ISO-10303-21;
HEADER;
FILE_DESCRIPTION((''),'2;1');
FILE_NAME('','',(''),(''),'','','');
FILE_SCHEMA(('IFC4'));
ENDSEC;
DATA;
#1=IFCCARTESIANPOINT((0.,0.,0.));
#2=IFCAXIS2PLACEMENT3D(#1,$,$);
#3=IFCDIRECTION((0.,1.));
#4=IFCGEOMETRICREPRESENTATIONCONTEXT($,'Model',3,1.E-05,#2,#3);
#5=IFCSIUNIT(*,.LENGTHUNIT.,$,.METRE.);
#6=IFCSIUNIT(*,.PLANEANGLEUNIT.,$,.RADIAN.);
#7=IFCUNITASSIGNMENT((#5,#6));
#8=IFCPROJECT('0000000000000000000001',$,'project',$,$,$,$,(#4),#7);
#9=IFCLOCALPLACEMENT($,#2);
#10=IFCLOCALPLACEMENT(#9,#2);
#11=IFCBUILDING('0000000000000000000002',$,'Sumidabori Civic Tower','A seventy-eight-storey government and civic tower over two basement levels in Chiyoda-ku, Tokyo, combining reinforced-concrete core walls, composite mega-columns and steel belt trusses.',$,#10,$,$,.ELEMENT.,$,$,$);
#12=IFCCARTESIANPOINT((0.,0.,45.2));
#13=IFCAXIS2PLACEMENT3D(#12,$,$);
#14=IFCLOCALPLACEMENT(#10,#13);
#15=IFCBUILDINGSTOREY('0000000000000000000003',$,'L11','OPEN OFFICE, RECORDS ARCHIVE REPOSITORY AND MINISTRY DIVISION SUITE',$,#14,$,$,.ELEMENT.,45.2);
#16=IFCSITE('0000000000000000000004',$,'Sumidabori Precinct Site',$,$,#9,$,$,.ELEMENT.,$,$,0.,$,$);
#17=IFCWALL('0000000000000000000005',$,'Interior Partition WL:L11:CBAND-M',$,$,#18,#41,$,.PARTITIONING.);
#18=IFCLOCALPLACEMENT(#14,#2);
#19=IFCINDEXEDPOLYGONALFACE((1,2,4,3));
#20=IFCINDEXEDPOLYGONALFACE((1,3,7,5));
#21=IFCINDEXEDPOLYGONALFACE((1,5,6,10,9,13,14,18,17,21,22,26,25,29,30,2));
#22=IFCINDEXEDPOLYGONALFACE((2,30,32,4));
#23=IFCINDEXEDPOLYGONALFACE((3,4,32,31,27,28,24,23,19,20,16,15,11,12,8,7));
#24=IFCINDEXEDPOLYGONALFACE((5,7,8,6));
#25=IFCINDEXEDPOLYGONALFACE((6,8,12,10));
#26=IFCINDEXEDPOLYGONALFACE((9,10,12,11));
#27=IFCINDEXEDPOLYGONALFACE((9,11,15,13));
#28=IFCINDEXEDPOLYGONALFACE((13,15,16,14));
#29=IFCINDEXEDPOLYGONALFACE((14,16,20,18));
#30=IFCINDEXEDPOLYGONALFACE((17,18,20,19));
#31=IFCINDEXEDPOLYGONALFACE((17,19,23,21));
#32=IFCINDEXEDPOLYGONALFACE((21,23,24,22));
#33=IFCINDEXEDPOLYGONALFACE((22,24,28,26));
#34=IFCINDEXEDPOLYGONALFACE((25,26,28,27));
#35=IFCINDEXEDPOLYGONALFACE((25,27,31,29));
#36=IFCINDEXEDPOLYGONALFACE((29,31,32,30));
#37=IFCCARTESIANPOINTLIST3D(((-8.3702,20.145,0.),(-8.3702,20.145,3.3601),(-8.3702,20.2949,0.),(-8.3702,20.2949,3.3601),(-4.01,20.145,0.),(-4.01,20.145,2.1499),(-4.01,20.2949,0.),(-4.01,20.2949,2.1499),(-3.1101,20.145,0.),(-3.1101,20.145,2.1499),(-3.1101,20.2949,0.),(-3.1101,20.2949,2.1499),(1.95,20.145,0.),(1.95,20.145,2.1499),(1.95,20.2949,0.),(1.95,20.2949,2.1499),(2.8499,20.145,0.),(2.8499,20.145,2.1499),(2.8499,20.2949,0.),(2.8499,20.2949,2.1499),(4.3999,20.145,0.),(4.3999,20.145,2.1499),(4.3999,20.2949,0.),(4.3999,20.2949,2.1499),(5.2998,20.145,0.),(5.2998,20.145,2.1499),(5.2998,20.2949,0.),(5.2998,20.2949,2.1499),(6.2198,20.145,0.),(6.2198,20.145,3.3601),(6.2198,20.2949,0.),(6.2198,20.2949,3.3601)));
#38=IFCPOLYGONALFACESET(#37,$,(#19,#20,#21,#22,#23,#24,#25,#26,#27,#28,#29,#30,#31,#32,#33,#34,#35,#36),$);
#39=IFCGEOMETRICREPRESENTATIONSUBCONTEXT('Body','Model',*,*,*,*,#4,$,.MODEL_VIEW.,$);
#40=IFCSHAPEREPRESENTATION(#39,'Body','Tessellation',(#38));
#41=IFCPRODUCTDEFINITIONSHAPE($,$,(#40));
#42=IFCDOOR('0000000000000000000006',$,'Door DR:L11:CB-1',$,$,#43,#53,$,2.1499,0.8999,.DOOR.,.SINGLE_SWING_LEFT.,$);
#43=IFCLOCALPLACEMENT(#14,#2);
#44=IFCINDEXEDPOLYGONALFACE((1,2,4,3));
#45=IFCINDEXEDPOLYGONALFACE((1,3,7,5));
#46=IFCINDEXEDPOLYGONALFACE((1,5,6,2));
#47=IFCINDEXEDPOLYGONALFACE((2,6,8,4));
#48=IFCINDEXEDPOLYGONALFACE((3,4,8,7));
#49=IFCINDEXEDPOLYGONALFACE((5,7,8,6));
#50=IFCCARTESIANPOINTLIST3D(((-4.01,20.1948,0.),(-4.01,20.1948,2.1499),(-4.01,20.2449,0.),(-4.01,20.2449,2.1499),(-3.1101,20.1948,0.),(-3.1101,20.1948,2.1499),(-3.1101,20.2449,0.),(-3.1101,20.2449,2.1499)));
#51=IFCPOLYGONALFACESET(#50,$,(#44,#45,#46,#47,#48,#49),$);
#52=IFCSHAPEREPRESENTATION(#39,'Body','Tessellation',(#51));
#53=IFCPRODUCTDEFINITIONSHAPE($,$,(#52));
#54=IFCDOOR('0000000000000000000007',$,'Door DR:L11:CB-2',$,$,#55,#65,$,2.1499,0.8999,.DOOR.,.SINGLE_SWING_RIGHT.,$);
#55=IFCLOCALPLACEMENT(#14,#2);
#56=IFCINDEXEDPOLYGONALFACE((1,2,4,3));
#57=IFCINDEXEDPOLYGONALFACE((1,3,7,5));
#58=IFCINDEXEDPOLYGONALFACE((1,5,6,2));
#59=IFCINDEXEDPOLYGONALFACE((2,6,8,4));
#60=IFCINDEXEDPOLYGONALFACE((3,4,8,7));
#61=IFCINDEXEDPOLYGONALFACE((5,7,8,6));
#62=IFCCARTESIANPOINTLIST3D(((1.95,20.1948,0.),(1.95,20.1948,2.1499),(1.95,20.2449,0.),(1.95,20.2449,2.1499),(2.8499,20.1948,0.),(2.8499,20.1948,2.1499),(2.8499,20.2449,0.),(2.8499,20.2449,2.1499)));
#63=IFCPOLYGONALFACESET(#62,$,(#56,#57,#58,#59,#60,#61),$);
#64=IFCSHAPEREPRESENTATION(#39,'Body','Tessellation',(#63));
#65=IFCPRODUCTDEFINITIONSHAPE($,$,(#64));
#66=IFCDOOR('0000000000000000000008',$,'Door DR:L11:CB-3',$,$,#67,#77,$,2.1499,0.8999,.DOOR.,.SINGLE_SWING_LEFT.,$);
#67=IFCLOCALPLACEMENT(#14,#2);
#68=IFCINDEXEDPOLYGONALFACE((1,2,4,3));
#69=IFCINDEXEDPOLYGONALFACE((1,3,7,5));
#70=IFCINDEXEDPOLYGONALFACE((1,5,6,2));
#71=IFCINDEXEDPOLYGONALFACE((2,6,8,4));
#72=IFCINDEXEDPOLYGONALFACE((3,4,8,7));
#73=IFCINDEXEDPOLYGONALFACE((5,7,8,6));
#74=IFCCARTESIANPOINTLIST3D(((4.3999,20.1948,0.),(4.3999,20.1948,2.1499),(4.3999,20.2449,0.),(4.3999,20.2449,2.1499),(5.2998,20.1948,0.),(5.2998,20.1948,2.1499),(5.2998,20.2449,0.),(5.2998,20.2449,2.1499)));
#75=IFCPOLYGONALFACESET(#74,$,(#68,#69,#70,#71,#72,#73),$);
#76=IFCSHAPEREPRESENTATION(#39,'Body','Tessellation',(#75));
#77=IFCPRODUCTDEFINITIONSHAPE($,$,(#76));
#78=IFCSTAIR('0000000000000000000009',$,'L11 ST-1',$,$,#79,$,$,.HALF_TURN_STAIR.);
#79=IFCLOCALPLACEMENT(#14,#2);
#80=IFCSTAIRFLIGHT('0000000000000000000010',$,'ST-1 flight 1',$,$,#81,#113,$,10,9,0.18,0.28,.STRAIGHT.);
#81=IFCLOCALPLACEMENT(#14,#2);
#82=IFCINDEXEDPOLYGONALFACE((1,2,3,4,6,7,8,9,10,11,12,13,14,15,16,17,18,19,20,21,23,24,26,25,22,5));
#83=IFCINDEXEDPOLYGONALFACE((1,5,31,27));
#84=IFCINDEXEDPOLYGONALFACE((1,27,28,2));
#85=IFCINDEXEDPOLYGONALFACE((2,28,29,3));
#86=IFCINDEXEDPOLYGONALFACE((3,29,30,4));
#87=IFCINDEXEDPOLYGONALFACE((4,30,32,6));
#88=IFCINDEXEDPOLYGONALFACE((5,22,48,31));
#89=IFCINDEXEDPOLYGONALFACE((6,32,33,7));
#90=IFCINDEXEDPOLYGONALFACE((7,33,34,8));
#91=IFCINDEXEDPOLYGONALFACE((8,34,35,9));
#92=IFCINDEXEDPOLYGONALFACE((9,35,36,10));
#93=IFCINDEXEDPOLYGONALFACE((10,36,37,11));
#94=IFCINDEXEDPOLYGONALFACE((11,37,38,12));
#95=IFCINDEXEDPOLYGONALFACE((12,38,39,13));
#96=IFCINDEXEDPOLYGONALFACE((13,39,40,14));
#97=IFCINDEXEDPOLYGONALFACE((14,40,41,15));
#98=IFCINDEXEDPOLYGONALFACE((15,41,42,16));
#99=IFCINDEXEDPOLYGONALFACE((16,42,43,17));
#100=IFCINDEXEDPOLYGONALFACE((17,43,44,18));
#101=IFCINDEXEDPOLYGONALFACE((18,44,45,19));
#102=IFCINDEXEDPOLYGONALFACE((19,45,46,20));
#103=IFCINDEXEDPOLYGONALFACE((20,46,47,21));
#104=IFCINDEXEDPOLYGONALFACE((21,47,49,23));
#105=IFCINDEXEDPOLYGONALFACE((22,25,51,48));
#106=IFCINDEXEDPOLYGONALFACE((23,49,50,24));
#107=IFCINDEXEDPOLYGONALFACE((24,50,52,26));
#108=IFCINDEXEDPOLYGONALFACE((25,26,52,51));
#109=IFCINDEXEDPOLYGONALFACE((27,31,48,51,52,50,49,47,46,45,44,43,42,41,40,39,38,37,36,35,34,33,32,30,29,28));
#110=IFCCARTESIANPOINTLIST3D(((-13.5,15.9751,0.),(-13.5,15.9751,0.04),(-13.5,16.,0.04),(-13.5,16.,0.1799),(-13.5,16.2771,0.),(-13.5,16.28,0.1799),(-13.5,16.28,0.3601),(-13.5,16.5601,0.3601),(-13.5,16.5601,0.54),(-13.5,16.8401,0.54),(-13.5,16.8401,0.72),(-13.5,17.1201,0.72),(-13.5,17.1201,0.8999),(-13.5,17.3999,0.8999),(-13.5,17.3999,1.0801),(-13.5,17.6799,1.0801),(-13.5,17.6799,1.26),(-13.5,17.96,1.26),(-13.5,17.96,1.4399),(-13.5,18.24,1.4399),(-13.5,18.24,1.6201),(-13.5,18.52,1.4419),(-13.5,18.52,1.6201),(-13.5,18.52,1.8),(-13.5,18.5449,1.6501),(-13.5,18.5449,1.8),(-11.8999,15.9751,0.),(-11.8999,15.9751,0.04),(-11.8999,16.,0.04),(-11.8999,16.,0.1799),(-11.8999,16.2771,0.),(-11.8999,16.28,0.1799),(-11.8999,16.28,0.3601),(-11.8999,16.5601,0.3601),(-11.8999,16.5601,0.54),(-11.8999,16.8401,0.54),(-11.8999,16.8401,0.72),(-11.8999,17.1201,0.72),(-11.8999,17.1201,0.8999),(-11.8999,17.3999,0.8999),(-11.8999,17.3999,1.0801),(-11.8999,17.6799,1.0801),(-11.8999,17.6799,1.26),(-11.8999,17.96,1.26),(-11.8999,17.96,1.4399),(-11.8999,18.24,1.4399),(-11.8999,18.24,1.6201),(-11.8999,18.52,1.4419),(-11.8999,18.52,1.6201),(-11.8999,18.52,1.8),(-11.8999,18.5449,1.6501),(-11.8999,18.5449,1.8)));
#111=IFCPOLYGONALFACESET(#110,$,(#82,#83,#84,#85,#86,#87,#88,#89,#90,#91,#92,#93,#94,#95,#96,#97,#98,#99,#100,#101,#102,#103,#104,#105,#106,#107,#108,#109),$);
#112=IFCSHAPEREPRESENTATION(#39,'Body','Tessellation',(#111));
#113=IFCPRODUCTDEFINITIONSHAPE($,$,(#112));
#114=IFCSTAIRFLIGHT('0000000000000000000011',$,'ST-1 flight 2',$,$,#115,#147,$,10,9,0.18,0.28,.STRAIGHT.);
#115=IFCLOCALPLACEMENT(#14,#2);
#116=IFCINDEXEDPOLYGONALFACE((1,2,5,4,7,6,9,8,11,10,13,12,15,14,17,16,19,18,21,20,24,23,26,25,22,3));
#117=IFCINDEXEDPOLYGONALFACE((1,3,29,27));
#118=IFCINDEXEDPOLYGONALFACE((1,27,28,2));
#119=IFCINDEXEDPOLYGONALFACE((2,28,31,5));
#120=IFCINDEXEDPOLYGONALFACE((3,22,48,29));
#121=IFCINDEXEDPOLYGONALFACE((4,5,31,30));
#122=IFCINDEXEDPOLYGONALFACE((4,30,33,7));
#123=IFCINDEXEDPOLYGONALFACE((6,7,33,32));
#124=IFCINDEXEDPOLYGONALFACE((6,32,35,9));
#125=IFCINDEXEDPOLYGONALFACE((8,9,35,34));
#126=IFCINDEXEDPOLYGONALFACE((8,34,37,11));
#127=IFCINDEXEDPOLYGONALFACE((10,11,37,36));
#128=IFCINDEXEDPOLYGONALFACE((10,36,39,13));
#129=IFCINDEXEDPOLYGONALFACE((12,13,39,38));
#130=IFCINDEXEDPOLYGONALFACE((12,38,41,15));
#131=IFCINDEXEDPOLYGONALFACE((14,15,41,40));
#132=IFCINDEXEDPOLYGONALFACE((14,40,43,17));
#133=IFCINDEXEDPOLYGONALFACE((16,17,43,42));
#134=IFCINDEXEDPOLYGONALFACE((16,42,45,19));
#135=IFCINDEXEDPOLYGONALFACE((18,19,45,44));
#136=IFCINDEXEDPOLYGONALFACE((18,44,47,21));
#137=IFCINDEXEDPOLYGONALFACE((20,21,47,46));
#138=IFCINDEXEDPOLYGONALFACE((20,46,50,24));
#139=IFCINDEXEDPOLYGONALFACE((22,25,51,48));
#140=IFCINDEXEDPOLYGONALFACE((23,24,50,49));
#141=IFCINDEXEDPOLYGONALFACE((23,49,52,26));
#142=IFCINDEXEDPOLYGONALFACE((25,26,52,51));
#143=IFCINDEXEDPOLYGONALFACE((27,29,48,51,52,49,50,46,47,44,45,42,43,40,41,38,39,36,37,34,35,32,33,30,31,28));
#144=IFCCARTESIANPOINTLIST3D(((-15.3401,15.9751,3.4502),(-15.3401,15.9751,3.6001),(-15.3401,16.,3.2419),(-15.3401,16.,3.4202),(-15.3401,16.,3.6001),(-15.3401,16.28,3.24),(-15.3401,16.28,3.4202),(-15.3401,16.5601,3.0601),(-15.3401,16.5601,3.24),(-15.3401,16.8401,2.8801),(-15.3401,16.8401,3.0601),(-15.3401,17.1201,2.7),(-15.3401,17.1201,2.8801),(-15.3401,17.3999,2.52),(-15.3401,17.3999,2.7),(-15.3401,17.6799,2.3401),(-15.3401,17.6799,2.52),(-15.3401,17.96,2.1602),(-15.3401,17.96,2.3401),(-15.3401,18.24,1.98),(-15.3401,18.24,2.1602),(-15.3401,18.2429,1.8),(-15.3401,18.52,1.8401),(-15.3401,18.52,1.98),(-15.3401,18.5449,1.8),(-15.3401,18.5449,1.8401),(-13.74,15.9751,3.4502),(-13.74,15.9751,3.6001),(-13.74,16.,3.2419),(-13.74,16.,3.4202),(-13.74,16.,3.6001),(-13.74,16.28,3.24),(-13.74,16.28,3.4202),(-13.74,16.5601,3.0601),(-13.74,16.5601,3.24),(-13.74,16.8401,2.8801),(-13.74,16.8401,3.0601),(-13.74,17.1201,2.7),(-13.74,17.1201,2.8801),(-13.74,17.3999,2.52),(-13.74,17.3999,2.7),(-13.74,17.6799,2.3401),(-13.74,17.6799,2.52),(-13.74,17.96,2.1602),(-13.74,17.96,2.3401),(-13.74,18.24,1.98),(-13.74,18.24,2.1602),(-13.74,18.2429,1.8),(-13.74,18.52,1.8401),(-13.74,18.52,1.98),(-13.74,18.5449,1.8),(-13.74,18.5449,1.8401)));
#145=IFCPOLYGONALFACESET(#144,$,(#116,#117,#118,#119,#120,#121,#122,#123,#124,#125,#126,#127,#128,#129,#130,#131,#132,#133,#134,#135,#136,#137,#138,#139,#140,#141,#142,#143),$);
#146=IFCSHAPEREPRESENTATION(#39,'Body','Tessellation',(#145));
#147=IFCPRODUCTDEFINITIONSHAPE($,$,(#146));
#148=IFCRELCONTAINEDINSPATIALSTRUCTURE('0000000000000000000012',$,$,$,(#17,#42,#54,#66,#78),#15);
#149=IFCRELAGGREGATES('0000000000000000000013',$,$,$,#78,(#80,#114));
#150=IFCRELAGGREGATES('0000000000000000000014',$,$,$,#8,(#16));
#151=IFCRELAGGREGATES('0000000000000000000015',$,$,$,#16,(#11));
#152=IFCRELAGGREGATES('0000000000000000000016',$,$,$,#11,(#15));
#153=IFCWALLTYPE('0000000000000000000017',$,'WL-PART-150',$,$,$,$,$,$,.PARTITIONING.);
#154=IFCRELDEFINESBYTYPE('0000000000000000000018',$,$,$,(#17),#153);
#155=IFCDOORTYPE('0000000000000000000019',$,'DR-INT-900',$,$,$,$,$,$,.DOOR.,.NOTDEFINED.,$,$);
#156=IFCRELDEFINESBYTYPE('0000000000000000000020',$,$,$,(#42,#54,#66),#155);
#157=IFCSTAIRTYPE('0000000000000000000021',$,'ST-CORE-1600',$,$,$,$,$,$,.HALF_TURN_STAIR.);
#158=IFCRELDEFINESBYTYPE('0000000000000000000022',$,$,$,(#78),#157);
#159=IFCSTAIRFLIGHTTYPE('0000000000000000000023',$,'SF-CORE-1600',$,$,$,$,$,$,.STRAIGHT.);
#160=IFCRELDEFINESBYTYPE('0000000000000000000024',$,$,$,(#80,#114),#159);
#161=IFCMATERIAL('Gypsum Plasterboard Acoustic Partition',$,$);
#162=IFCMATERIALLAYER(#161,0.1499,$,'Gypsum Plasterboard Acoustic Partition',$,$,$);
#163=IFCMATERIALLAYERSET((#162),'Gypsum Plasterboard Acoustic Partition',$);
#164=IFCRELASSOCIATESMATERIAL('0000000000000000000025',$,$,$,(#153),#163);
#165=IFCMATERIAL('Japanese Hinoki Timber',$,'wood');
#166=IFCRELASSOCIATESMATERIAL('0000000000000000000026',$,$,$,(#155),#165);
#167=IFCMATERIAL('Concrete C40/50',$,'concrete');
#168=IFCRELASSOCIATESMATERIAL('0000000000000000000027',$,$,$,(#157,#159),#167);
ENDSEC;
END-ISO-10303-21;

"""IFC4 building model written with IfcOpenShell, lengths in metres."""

from ifc_helpers import new_model, si_unit, direction, frame, frame_2d, origin, place, context, subcontext, project, spatial, polyline, rectangle, outline, extrude, source, transform, mapped, material, layer, layer_set, type_object, element, fill, aggregate, save


model = new_model("IFC4")

# Units and contexts
model_context = context("Model", 3, precision=1e-05, world=origin(), true_north=direction((0.0, 1.0)))
body_context = subcontext(model_context, "Body", "Model", "MODEL_VIEW")
ifc_project = project(units=[si_unit("LENGTHUNIT", "METRE"), si_unit("PLANEANGLEUNIT", "RADIAN")], contexts=[model_context])

# Site, building, storey
site_placement = place(None, origin())
site = spatial("IfcSite", under=ifc_project, at=site_placement, Name="Sumidabori Precinct Site", CompositionType="ELEMENT", RefElevation=0.0)
building_placement = place(site_placement, origin())
building = spatial("IfcBuilding", under=site, at=building_placement, Name="Sumidabori Civic Tower", Description="A seventy-eight-storey government and civic tower over two basement levels in Chiyoda-ku, Tokyo, combining reinforced-concrete core walls, composite mega-columns and steel belt trusses.", CompositionType="ELEMENT")
storey_placement = place(building_placement, frame((0.0, 0.0, 45.2)))
storey = spatial("IfcBuildingStorey", under=building, at=storey_placement, Name="L11", Description="OPEN OFFICE, RECORDS ARCHIVE REPOSITORY AND MINISTRY DIVISION SUITE", CompositionType="ELEMENT", Elevation=45.2)

# Wall, openings, doors
ifc_material_1 = material(Name="Gypsum Plasterboard Acoustic Partition")
ifc_layer_1 = layer(ifc_material_1, 0.1499, Name="Gypsum Plasterboard Acoustic Partition")
ifc_layer_set_1 = layer_set([ifc_layer_1], Name="Gypsum Plasterboard Acoustic Partition")
wall_type_1 = type_object("IfcWallType", Name="WL-PART-150", PredefinedType="PARTITIONING", material=ifc_layer_set_1)
shared_shape_1 = source(origin(), body_context, "Body", "SweptSolid", [
    extrude(rectangle(XDim=14.5901, YDim=0.1499, at=frame_2d((7.2949, 0.0))), origin(), (0.0, 0.0, 1.0), 3.3601),
])
wall_1_placement = place(storey_placement, frame((-8.3701, 20.22, 0.0), z_axis=(0.0, 0.0, 1.0), x_axis=(1.0, 0.0, 0.0)))
wall_1 = element("IfcWall", 1, at=wall_1_placement, inside=storey, type_object=wall_type_1, Name="Interior Partition WL:L11:CBAND-M", PredefinedType="PARTITIONING", context=body_context, shape_type="MappedRepresentation", body=[
    mapped(shared_shape_1, transform((0.0, 0.0, 0.0), x_axis=(1.0, 0.0, 0.0), y_axis=(0.0, 1.0, 0.0), z_axis=(0.0, 0.0, 1.0), scale=1.0)),
])
opening_1_placement = place(wall_1_placement, frame((4.3601, 0.0, 0.0)))
opening_1 = element("IfcOpeningElement", 2, at=opening_1_placement, cuts=wall_1, PredefinedType="OPENING", context=body_context, shape_type="SweptSolid", body=[
    extrude(rectangle(XDim=0.8999, YDim=2.1499, at=frame_2d((0.45, 1.075))), frame((0.0, 0.0869, 0.0), z_axis=(0.0, -1.0, 0.0), x_axis=(1.0, 0.0, 0.0)), (0.0, 0.0, 1.0), 0.1738),
])
opening_2_placement = place(wall_1_placement, frame((10.3201, 0.0, 0.0)))
opening_2 = element("IfcOpeningElement", 3, at=opening_2_placement, cuts=wall_1, PredefinedType="OPENING", context=body_context, shape_type="SweptSolid", body=[
    extrude(rectangle(XDim=0.8999, YDim=2.1499, at=frame_2d((0.45, 1.075))), frame((0.0, 0.0869, 0.0), z_axis=(0.0, -1.0, 0.0), x_axis=(1.0, 0.0, 0.0)), (0.0, 0.0, 1.0), 0.1738),
])
opening_3_placement = place(wall_1_placement, frame((12.77, 0.0, 0.0)))
opening_3 = element("IfcOpeningElement", 4, at=opening_3_placement, cuts=wall_1, PredefinedType="OPENING", context=body_context, shape_type="SweptSolid", body=[
    extrude(rectangle(XDim=0.8999, YDim=2.1499, at=frame_2d((0.45, 1.075))), frame((0.0, 0.0869, 0.0), z_axis=(0.0, -1.0, 0.0), x_axis=(1.0, 0.0, 0.0)), (0.0, 0.0, 1.0), 0.1738),
])
ifc_material_2 = material(Name="Japanese Hinoki Timber", Category="wood")
door_type = type_object("IfcDoorType", Name="DR-INT-900", OperationType="NOTDEFINED", PredefinedType="DOOR", material=ifc_material_2)
shared_shape_2 = source(origin(), body_context, "Body", "SweptSolid", [
    extrude(rectangle(XDim=0.8999, YDim=2.1499, at=frame_2d((0.45, 1.075))), frame((0.0, 0.0249, 0.0), z_axis=(0.0, -1.0, 0.0), x_axis=(1.0, 0.0, 0.0)), (0.0, 0.0, 1.0), 0.05),
])
door_1_placement = place(opening_1_placement, origin())
door_1 = element("IfcDoor", 5, at=door_1_placement, inside=storey, type_object=door_type, Name="Door DR:L11:CB-1", OperationType="SINGLE_SWING_LEFT", OverallHeight=2.1499, OverallWidth=0.8999, PredefinedType="DOOR", context=body_context, shape_type="MappedRepresentation", body=[
    mapped(shared_shape_2, transform((0.0, 0.0, 0.0), x_axis=(1.0, 0.0, 0.0), y_axis=(0.0, 1.0, 0.0), z_axis=(0.0, 0.0, 1.0), scale=1.0)),
])
fill(opening_1, door_1)
door_2_placement = place(opening_2_placement, origin())
door_2 = element("IfcDoor", 6, at=door_2_placement, inside=storey, type_object=door_type, Name="Door DR:L11:CB-2", OperationType="SINGLE_SWING_RIGHT", OverallHeight=2.1499, OverallWidth=0.8999, PredefinedType="DOOR", context=body_context, shape_type="MappedRepresentation", body=[
    mapped(shared_shape_2, transform((0.0, 0.0, 0.0), x_axis=(1.0, 0.0, 0.0), y_axis=(0.0, 1.0, 0.0), z_axis=(0.0, 0.0, 1.0), scale=1.0)),
])
fill(opening_2, door_2)
door_3_placement = place(opening_3_placement, origin())
door_3 = element("IfcDoor", 7, at=door_3_placement, inside=storey, type_object=door_type, Name="Door DR:L11:CB-3", OperationType="SINGLE_SWING_LEFT", OverallHeight=2.1499, OverallWidth=0.8999, PredefinedType="DOOR", context=body_context, shape_type="MappedRepresentation", body=[
    mapped(shared_shape_2, transform((0.0, 0.0, 0.0), x_axis=(1.0, 0.0, 0.0), y_axis=(0.0, 1.0, 0.0), z_axis=(0.0, 0.0, 1.0), scale=1.0)),
])
fill(opening_3, door_3)

# Stair, stair flights
ifc_material_3 = material(Name="Concrete C40/50", Category="concrete")
stair_type = type_object("IfcStairType", Name="ST-CORE-1600", PredefinedType="HALF_TURN_STAIR", material=ifc_material_3)
stair_placement = place(storey_placement, origin())
stair = element("IfcStair", 8, at=stair_placement, inside=storey, type_object=stair_type, Name="L11 ST-1", PredefinedType="HALF_TURN_STAIR")
stair_flight_type = type_object("IfcStairFlightType", Name="SF-CORE-1600", PredefinedType="STRAIGHT", material=ifc_material_3)
shared_shape_3 = source(origin(), body_context, "Body", "SweptSolid", [
    extrude(outline(polyline([(-0.0249, 0.0), (-0.0249, 0.04), (0.0, 0.04), (0.0, 0.1799), (0.28, 0.1799), (0.28, 0.3601), (0.5601, 0.3601), (0.5601, 0.54), (0.8401, 0.54), (0.8401, 0.72), (1.1201, 0.72), (1.1201, 0.8999), (1.3999, 0.8999), (1.3999, 1.0801), (1.6799, 1.0801), (1.6799, 1.26), (1.96, 1.26), (1.96, 1.4399), (2.24, 1.4399), (2.24, 1.6201), (2.52, 1.6201), (2.52, 1.8), (2.5449, 1.8), (2.5449, 1.6501), (2.52, 1.4419), (0.2771, 0.0), (-0.0249, 0.0)])), frame((0.0, 0.8, 0.0), z_axis=(0.0, -1.0, 0.0), x_axis=(1.0, 0.0, 0.0)), (0.0, 0.0, 1.0), 1.6001),
])
stair_flight_1_placement = place(storey_placement, frame((-12.7, 16.0, 0.0), z_axis=(0.0, 0.0, 1.0), x_axis=(0.0, 1.0, 0.0)))
stair_flight_1 = element("IfcStairFlight", 9, at=stair_flight_1_placement, type_object=stair_flight_type, Name="ST-1 flight 1", NumberOfRisers=10, NumberOfTreads=9, PredefinedType="STRAIGHT", RiserHeight=0.18, TreadLength=0.28, context=body_context, shape_type="MappedRepresentation", body=[
    mapped(shared_shape_3, transform((0.0, 0.0, 0.0), x_axis=(1.0, 0.0, 0.0), y_axis=(0.0, 1.0, 0.0), z_axis=(0.0, 0.0, 1.0), scale=1.0)),
])
stair_flight_2_placement = place(storey_placement, frame((-14.54, 18.52, 1.8), z_axis=(0.0, 0.0, 1.0), x_axis=(0.0, -1.0, 0.0)))
stair_flight_2 = element("IfcStairFlight", 10, at=stair_flight_2_placement, type_object=stair_flight_type, Name="ST-1 flight 2", NumberOfRisers=10, NumberOfTreads=9, PredefinedType="STRAIGHT", RiserHeight=0.18, TreadLength=0.28, context=body_context, shape_type="MappedRepresentation", body=[
    mapped(shared_shape_3, transform((0.0, 0.0, 0.0), x_axis=(1.0, 0.0, 0.0), y_axis=(0.0, 1.0, 0.0), z_axis=(0.0, 0.0, 1.0), scale=1.0)),
])
aggregate(stair, [stair_flight_1, stair_flight_2])

save(model, "model.ifc")
